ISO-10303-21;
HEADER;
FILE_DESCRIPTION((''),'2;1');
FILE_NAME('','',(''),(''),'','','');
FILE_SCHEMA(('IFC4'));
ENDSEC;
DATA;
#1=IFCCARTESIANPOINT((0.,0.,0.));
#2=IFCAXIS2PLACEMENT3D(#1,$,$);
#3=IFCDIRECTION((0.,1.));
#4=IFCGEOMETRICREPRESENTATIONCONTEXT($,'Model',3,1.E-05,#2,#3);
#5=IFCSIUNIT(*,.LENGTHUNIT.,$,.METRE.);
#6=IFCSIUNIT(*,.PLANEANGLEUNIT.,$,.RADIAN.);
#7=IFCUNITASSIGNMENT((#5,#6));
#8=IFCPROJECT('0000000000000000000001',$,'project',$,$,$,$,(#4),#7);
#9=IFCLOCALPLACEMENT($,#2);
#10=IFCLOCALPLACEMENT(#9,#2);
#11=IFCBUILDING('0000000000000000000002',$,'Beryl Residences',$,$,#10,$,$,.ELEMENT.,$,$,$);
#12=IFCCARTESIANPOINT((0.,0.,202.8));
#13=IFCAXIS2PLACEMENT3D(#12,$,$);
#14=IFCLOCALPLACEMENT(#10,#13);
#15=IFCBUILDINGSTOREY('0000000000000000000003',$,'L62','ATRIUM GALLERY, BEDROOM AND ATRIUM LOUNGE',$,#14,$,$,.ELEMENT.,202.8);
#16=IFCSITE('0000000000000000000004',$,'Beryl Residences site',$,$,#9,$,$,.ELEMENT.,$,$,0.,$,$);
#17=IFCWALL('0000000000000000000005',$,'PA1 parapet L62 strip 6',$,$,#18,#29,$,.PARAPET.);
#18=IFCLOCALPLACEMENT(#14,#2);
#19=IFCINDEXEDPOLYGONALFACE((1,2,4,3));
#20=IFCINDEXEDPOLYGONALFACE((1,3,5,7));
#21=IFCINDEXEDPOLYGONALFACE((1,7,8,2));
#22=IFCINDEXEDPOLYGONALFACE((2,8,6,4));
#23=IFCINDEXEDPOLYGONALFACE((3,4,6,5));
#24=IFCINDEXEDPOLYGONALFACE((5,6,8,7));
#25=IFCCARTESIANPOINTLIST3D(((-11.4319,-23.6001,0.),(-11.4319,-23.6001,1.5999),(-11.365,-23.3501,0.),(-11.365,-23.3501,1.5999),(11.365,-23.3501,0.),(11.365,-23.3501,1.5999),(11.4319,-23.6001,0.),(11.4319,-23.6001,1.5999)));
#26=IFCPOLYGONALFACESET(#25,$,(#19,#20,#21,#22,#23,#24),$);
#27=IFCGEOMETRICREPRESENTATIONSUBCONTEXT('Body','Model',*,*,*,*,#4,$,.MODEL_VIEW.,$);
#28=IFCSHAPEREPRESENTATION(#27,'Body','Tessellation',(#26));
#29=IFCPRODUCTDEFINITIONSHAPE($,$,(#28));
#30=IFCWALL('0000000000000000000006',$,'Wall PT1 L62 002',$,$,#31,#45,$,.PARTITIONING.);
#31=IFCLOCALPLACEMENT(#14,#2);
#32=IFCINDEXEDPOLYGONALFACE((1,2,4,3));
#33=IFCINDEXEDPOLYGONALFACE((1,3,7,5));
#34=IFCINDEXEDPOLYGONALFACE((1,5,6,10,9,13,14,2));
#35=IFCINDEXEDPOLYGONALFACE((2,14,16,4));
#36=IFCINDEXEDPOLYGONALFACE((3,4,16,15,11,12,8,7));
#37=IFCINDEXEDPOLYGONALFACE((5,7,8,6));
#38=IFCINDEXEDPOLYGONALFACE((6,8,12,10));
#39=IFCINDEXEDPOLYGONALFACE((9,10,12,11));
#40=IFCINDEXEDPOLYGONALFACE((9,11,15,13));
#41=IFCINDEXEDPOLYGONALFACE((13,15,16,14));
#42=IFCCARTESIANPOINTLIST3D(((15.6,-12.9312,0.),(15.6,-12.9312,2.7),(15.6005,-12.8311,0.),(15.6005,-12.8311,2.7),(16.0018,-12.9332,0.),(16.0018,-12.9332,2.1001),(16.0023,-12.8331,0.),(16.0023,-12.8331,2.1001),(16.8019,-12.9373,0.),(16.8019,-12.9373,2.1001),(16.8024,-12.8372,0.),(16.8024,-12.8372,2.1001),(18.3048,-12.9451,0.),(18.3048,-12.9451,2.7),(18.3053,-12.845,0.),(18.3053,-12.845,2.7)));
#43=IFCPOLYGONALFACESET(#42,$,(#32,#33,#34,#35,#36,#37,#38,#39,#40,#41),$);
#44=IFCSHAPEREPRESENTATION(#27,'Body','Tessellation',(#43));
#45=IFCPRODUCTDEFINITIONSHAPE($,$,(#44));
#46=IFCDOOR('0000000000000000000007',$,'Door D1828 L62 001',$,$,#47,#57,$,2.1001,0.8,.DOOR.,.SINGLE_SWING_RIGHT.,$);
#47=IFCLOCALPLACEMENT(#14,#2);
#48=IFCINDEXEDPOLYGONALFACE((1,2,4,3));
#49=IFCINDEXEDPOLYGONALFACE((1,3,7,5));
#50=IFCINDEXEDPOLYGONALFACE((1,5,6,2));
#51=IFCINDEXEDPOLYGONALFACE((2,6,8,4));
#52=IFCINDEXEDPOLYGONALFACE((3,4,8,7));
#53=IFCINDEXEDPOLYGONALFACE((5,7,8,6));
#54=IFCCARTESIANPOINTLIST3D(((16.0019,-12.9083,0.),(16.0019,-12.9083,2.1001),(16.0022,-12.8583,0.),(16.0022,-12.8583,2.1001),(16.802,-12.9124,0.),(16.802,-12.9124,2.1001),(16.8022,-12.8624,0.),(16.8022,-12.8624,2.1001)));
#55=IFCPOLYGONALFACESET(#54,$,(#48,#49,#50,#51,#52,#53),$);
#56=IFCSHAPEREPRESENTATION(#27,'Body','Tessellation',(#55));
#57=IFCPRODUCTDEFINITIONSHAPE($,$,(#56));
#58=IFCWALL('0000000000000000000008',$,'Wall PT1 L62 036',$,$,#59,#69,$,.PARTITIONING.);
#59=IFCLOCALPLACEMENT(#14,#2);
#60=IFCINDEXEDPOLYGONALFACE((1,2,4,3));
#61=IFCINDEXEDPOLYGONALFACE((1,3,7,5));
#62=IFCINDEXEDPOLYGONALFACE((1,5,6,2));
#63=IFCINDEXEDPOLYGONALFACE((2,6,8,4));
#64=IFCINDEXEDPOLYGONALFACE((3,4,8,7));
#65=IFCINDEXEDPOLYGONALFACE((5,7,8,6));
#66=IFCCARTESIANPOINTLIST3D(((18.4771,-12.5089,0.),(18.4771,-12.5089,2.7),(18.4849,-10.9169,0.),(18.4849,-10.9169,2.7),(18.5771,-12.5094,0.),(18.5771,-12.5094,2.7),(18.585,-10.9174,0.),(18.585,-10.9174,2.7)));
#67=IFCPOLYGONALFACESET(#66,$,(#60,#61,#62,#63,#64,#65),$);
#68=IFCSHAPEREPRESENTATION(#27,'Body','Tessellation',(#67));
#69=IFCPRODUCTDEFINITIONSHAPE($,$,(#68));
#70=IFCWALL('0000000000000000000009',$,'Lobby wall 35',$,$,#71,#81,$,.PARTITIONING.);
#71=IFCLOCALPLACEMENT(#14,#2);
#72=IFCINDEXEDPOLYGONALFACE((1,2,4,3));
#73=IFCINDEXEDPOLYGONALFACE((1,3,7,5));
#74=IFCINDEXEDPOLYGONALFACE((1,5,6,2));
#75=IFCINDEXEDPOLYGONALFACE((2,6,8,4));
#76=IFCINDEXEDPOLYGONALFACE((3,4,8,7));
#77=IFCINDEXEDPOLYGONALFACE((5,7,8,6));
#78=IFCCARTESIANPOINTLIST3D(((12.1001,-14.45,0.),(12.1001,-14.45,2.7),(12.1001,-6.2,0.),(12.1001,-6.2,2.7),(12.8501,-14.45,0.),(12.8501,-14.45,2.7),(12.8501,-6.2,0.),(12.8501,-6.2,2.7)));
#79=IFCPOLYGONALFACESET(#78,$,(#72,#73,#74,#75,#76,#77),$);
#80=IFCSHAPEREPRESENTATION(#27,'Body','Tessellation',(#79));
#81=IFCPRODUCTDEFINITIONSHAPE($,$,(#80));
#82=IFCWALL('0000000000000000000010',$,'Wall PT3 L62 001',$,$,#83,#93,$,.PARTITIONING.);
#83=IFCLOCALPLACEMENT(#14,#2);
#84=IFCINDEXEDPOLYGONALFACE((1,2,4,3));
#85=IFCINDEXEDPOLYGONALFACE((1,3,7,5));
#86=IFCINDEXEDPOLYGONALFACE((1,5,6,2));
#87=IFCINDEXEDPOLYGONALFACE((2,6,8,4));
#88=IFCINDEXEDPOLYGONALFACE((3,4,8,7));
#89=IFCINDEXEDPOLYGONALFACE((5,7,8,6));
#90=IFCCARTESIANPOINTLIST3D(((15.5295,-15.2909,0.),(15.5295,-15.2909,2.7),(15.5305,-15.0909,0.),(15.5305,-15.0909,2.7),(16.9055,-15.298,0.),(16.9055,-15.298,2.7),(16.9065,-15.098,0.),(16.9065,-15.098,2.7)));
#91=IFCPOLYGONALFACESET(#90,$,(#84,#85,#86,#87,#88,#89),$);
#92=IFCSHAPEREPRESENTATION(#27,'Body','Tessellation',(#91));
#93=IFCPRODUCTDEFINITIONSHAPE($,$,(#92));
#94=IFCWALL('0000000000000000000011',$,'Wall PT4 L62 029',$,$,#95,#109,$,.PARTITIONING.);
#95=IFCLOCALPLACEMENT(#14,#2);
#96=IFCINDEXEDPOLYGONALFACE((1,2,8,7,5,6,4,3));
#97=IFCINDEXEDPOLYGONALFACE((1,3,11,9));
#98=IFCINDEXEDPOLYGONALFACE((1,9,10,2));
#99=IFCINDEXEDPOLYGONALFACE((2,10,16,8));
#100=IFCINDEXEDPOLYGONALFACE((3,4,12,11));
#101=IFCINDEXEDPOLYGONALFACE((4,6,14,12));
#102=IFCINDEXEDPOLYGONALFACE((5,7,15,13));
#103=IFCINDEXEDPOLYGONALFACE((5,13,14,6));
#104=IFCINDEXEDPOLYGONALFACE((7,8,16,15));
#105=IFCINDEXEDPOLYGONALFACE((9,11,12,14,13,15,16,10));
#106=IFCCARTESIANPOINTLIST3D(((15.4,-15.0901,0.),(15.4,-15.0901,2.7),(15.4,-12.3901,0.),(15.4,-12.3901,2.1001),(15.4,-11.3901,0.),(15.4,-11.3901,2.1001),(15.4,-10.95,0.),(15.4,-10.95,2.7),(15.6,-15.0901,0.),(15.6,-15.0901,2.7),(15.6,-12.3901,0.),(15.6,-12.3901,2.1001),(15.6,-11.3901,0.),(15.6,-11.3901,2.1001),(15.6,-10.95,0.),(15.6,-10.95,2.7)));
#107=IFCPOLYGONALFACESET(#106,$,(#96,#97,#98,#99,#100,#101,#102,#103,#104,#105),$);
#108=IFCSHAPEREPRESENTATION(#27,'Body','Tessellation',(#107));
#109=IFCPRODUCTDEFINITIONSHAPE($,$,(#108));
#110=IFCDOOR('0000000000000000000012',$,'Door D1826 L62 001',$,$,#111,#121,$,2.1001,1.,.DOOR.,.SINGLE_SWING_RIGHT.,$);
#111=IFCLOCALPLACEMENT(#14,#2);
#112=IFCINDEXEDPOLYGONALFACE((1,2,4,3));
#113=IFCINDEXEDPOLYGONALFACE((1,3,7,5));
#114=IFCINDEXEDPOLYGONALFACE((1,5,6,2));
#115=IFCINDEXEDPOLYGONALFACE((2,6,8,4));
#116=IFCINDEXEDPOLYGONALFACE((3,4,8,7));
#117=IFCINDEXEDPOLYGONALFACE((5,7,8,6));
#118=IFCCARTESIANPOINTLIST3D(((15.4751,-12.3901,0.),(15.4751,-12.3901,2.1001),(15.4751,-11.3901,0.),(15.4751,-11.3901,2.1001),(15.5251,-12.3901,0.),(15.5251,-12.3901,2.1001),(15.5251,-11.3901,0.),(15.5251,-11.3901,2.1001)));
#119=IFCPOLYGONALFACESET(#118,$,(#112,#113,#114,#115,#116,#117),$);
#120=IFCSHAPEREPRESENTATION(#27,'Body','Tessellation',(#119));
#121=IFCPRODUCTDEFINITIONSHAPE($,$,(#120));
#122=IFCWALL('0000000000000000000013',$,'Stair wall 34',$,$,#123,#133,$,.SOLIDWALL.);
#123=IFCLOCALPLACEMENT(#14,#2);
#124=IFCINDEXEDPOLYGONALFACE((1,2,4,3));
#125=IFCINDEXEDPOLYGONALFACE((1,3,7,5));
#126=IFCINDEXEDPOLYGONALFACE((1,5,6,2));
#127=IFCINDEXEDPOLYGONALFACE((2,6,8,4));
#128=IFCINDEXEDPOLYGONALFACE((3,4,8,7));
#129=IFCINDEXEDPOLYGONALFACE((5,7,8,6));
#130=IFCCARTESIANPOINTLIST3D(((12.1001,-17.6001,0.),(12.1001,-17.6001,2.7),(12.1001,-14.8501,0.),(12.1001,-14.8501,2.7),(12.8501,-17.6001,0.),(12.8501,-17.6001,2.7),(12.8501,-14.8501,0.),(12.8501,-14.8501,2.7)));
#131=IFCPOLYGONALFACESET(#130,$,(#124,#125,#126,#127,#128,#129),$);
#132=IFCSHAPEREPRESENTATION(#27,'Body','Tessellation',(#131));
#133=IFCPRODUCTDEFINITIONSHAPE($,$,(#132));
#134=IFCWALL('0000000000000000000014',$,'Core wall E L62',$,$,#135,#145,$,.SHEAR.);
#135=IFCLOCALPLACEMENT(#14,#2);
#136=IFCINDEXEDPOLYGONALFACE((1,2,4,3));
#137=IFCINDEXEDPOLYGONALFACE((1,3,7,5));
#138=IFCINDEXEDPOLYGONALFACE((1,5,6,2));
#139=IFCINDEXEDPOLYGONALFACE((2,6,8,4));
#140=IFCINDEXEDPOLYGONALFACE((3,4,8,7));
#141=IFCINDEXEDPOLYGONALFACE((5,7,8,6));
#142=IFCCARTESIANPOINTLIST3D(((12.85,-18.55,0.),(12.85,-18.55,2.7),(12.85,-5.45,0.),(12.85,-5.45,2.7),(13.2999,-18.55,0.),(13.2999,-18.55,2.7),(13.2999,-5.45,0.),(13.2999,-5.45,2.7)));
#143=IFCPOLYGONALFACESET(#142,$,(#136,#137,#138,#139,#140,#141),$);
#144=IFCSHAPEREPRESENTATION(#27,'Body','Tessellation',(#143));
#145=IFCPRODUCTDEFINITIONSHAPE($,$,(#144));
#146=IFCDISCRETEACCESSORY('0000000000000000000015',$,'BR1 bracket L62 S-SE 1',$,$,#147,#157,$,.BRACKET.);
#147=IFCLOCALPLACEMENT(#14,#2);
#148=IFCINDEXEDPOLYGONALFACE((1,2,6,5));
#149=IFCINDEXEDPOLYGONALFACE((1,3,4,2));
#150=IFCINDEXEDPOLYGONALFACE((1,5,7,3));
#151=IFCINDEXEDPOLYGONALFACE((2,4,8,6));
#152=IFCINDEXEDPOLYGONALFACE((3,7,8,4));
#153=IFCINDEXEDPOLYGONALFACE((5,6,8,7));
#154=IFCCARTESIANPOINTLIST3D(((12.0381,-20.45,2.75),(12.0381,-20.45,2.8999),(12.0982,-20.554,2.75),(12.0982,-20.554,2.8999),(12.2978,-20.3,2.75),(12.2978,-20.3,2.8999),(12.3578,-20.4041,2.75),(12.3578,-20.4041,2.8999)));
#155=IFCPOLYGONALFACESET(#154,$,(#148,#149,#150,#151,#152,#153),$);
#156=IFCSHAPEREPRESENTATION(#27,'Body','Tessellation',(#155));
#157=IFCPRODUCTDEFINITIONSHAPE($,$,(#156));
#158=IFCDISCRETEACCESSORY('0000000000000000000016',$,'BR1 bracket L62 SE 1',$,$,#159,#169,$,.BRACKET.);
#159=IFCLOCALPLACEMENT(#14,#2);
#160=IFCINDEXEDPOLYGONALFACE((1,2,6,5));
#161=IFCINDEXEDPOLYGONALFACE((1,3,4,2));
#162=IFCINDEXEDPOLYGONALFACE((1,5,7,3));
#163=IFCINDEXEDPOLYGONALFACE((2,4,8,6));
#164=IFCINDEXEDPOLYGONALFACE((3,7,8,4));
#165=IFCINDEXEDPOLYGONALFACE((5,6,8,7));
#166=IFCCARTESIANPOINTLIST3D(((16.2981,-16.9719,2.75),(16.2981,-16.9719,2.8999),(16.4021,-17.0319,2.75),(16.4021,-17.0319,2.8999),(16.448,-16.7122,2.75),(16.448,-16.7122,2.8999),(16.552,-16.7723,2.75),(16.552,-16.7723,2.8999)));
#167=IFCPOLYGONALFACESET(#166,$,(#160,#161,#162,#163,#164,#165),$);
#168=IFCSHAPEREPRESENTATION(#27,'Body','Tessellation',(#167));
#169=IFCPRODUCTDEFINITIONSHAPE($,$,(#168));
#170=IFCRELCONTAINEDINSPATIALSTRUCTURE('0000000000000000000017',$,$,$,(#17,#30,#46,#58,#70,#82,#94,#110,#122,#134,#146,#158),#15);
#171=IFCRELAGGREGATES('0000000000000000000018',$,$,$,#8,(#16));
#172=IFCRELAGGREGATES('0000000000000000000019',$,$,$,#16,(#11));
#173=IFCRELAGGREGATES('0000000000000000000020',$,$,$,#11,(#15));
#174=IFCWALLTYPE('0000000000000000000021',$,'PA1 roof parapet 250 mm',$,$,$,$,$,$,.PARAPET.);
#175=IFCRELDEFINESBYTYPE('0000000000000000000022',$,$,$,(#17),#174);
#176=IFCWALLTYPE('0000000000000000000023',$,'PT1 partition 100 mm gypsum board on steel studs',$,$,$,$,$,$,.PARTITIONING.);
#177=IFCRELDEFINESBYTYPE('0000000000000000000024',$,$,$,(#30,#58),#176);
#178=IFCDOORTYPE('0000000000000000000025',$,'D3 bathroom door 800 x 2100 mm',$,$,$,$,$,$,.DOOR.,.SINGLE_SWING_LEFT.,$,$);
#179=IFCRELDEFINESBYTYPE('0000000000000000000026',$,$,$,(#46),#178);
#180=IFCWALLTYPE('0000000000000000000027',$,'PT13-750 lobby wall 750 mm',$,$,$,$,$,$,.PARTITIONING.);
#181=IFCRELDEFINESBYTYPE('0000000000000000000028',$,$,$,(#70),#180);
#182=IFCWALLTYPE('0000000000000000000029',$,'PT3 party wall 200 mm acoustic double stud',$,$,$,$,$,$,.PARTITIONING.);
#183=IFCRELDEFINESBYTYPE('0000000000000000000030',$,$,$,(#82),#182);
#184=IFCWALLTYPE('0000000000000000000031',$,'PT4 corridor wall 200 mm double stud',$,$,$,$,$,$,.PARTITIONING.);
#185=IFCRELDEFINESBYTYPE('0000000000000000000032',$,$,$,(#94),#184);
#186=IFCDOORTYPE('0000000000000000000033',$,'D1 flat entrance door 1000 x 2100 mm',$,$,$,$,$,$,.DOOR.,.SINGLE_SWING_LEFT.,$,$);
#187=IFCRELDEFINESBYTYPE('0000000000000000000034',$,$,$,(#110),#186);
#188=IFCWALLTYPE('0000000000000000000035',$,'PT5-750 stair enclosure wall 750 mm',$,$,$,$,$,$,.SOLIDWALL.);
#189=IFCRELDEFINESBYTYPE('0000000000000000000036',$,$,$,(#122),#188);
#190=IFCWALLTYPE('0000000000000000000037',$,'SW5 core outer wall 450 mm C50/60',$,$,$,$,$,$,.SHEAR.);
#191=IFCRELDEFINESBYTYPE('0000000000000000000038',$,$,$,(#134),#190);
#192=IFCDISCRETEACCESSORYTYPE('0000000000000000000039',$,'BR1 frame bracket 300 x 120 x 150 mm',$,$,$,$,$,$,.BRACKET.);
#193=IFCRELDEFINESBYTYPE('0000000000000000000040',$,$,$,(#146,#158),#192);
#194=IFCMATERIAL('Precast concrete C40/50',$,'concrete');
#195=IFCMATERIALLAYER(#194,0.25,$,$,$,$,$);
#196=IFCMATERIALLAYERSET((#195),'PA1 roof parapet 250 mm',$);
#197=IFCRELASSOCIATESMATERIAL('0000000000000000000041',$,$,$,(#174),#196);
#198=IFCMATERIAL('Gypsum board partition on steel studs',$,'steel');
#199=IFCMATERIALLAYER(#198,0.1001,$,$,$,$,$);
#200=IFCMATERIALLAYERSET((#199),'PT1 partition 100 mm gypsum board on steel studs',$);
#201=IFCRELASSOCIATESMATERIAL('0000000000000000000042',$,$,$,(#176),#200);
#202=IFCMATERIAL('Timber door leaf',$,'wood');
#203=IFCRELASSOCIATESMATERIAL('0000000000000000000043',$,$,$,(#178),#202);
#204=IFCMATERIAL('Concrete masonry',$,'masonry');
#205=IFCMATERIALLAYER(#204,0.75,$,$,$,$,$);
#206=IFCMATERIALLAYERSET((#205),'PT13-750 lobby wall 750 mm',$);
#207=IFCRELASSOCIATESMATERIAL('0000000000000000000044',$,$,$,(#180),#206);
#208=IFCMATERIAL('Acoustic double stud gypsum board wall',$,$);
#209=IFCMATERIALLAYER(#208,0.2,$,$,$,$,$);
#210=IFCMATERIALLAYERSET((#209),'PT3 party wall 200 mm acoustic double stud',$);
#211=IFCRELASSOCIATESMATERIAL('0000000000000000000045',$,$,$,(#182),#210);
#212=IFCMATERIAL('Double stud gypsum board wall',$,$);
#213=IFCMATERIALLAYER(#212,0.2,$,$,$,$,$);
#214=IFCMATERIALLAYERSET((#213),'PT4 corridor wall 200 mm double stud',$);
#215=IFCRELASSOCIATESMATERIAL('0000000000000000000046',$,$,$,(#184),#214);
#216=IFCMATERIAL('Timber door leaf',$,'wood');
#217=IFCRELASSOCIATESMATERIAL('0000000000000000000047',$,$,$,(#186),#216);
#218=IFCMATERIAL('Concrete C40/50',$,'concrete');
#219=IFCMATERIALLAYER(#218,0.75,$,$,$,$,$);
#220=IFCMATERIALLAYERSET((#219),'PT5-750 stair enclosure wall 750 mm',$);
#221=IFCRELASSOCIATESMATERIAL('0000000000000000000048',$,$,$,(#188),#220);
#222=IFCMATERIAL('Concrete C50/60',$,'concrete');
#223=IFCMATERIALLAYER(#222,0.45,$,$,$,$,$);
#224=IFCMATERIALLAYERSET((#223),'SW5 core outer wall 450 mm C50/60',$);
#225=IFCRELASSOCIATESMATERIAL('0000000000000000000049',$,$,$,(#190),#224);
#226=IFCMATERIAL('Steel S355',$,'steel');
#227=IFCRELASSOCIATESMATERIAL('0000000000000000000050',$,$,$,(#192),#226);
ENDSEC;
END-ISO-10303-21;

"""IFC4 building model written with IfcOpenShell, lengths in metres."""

from ifc_helpers import new_model, si_unit, direction, frame, frame_2d, origin, place, context, subcontext, project, spatial, polyline, rectangle, outline, extrude, source, transform, mapped, material, layer, layer_set, type_object, type_shapes, element, fill, save


model = new_model("IFC4")

# Units and contexts
model_context = context("Model", 3, precision=1e-05, world=origin(), true_north=direction((0.0, 1.0)))
body_context = subcontext(model_context, "Body", "Model", "MODEL_VIEW")
ifc_project = project(units=[si_unit("LENGTHUNIT", "METRE"), si_unit("PLANEANGLEUNIT", "RADIAN")], contexts=[model_context])

# Site, building, storey
site_placement = place(None, origin())
site = spatial("IfcSite", under=ifc_project, at=site_placement, Name="Beryl Residences site", CompositionType="ELEMENT", RefElevation=0.0)
building_placement = place(site_placement, origin())
building = spatial("IfcBuilding", under=site, at=building_placement, Name="Beryl Residences", CompositionType="ELEMENT")
storey_placement = place(building_placement, frame((0.0, 0.0, 202.8)))
storey = spatial("IfcBuildingStorey", under=building, at=storey_placement, Name="L62", Description="ATRIUM GALLERY, BEDROOM AND ATRIUM LOUNGE", CompositionType="ELEMENT", Elevation=202.8)

# Wall
ifc_material_1 = material(Name="Precast concrete C40/50", Category="concrete")
ifc_layer_1 = layer(ifc_material_1, 0.25)
ifc_layer_set_1 = layer_set([ifc_layer_1], Name="PA1 roof parapet 250 mm")
wall_type_1 = type_object("IfcWallType", Name="PA1 roof parapet 250 mm", PredefinedType="PARAPET", material=ifc_layer_set_1)
wall_1_placement = place(storey_placement, frame((11.4319, -23.4751, 0.0), z_axis=(0.0, 0.0, 1.0), x_axis=(-1.0, 0.0, 0.0)))
element("IfcWall", 1, at=wall_1_placement, inside=storey, type_object=wall_type_1, Name="PA1 parapet L62 strip 6", PredefinedType="PARAPET", context=body_context, shape_type="SweptSolid", body=[
    extrude(outline(polyline([(0.0669, -0.125), (22.7969, -0.125), (22.8638, 0.125), (0.0, 0.125), (0.0669, -0.125)])), origin(), (0.0, 0.0, 1.0), 1.5999),
])

# Wall, opening, door
ifc_material_2 = material(Name="Gypsum board partition on steel studs", Category="steel")
ifc_layer_2 = layer(ifc_material_2, 0.1001)
ifc_layer_set_2 = layer_set([ifc_layer_2], Name="PT1 partition 100 mm gypsum board on steel studs")
wall_type_2 = type_object("IfcWallType", Name="PT1 partition 100 mm gypsum board on steel studs", PredefinedType="PARTITIONING", material=ifc_layer_set_2)
wall_2_placement = place(storey_placement, frame((15.6001, -12.8811, 0.0), z_axis=(0.0, 0.0, 1.0), x_axis=(0.999987, -0.005145, 0.0)))
wall_2 = element("IfcWall", 2, at=wall_2_placement, inside=storey, type_object=wall_type_2, Name="Wall PT1 L62 002", PredefinedType="PARTITIONING", context=body_context, shape_type="SweptSolid", body=[
    extrude(rectangle(XDim=2.7048, YDim=0.1001, at=frame_2d((1.3525, 0.0))), origin(), (0.0, 0.0, 1.0), 2.7),
])
opening_1_placement = place(wall_2_placement, frame((0.4021, 0.0, 0.0)))
opening_1 = element("IfcOpeningElement", 3, at=opening_1_placement, cuts=wall_2, PredefinedType="OPENING", context=body_context, shape_type="SweptSolid", body=[
    extrude(rectangle(XDim=0.8, YDim=2.1001, at=frame_2d((0.3999, 1.05))), frame((0.0, 0.0601, 0.0), z_axis=(0.0, -1.0, 0.0), x_axis=(1.0, 0.0, 0.0)), (0.0, 0.0, 1.0), 0.1201),
])
ifc_material_3 = material(Name="Timber door leaf", Category="wood")
door_type_1 = type_object("IfcDoorType", Name="D3 bathroom door 800 x 2100 mm", OperationType="SINGLE_SWING_LEFT", PredefinedType="DOOR", material=ifc_material_3)
door_1_placement = place(opening_1_placement, origin())
door_1 = element("IfcDoor", 4, at=door_1_placement, inside=storey, type_object=door_type_1, Name="Door D1828 L62 001", OperationType="SINGLE_SWING_RIGHT", OverallHeight=2.1001, OverallWidth=0.8, PredefinedType="DOOR", context=body_context, shape_type="SweptSolid", body=[
    extrude(rectangle(XDim=0.8, YDim=2.1001, at=frame_2d((0.3999, 1.05))), frame((0.0, 0.0249, 0.0), z_axis=(0.0, -1.0, 0.0), x_axis=(1.0, 0.0, 0.0)), (0.0, 0.0, 1.0), 0.05),
])
fill(opening_1, door_1)

# Walls
wall_3_placement = place(storey_placement, frame((18.5271, -12.509, 0.0), z_axis=(0.0, 0.0, 1.0), x_axis=(0.004907, 0.999988, 0.0)))
element("IfcWall", 5, at=wall_3_placement, inside=storey, type_object=wall_type_2, Name="Wall PT1 L62 036", PredefinedType="PARTITIONING", context=body_context, shape_type="SweptSolid", body=[
    extrude(rectangle(XDim=1.592, YDim=0.1001, at=frame_2d((0.7959, 0.0))), origin(), (0.0, 0.0, 1.0), 2.7),
])
ifc_material_4 = material(Name="Concrete masonry", Category="masonry")
ifc_layer_3 = layer(ifc_material_4, 0.75)
ifc_layer_set_3 = layer_set([ifc_layer_3], Name="PT13-750 lobby wall 750 mm")
wall_type_3 = type_object("IfcWallType", Name="PT13-750 lobby wall 750 mm", PredefinedType="PARTITIONING", material=ifc_layer_set_3)
wall_4_placement = place(storey_placement, frame((12.4751, -14.45, 0.0), z_axis=(0.0, 0.0, 1.0), x_axis=(0.0, 1.0, 0.0)))
element("IfcWall", 6, at=wall_4_placement, inside=storey, type_object=wall_type_3, Name="Lobby wall 35", PredefinedType="PARTITIONING", context=body_context, shape_type="SweptSolid", body=[
    extrude(rectangle(XDim=8.25, YDim=0.75, at=frame_2d((4.125, 0.0))), origin(), (0.0, 0.0, 1.0), 2.7),
])
ifc_material_5 = material(Name="Acoustic double stud gypsum board wall")
ifc_layer_4 = layer(ifc_material_5, 0.2)
ifc_layer_set_4 = layer_set([ifc_layer_4], Name="PT3 party wall 200 mm acoustic double stud")
wall_type_4 = type_object("IfcWallType", Name="PT3 party wall 200 mm acoustic double stud", PredefinedType="PARTITIONING", material=ifc_layer_set_4)
wall_5_placement = place(storey_placement, frame((15.53, -15.1909, 0.0), z_axis=(0.0, 0.0, 1.0), x_axis=(0.999987, -0.005145, 0.0)))
element("IfcWall", 7, at=wall_5_placement, inside=storey, type_object=wall_type_4, Name="Wall PT3 L62 001", PredefinedType="PARTITIONING", context=body_context, shape_type="SweptSolid", body=[
    extrude(rectangle(XDim=1.376, YDim=0.2, at=frame_2d((0.688, 0.0))), origin(), (0.0, 0.0, 1.0), 2.7),
])

# Wall, opening, door
ifc_material_6 = material(Name="Double stud gypsum board wall")
ifc_layer_5 = layer(ifc_material_6, 0.2)
ifc_layer_set_5 = layer_set([ifc_layer_5], Name="PT4 corridor wall 200 mm double stud")
wall_type_5 = type_object("IfcWallType", Name="PT4 corridor wall 200 mm double stud", PredefinedType="PARTITIONING", material=ifc_layer_set_5)
wall_6_placement = place(storey_placement, frame((15.5, -15.0901, 0.0), z_axis=(0.0, 0.0, 1.0), x_axis=(0.0, 1.0, 0.0)))
wall_6 = element("IfcWall", 8, at=wall_6_placement, inside=storey, type_object=wall_type_5, Name="Wall PT4 L62 029", PredefinedType="PARTITIONING", context=body_context, shape_type="SweptSolid", body=[
    extrude(rectangle(XDim=4.1401, YDim=0.2, at=frame_2d((2.0701, 0.0))), origin(), (0.0, 0.0, 1.0), 2.7),
])
opening_2_placement = place(wall_6_placement, frame((2.7, 0.0, 0.0)))
opening_2 = element("IfcOpeningElement", 9, at=opening_2_placement, cuts=wall_6, PredefinedType="OPENING", context=body_context, shape_type="SweptSolid", body=[
    extrude(rectangle(XDim=1.0, YDim=2.1001, at=frame_2d((0.5, 1.05))), frame((0.0, 0.1099, 0.0), z_axis=(0.0, -1.0, 0.0), x_axis=(1.0, 0.0, 0.0)), (0.0, 0.0, 1.0), 0.22),
])
ifc_material_7 = material(Name="Timber door leaf", Category="wood")
door_type_2 = type_object("IfcDoorType", Name="D1 flat entrance door 1000 x 2100 mm", OperationType="SINGLE_SWING_LEFT", PredefinedType="DOOR", material=ifc_material_7)
door_2_placement = place(opening_2_placement, origin())
door_2 = element("IfcDoor", 10, at=door_2_placement, inside=storey, type_object=door_type_2, Name="Door D1826 L62 001", OperationType="SINGLE_SWING_RIGHT", OverallHeight=2.1001, OverallWidth=1.0, PredefinedType="DOOR", context=body_context, shape_type="SweptSolid", body=[
    extrude(rectangle(XDim=1.0, YDim=2.1001, at=frame_2d((0.5, 1.05))), frame((0.0, 0.0249, 0.0), z_axis=(0.0, -1.0, 0.0), x_axis=(1.0, 0.0, 0.0)), (0.0, 0.0, 1.0), 0.05),
])
fill(opening_2, door_2)

# Walls
ifc_material_8 = material(Name="Concrete C40/50", Category="concrete")
ifc_layer_6 = layer(ifc_material_8, 0.75)
ifc_layer_set_6 = layer_set([ifc_layer_6], Name="PT5-750 stair enclosure wall 750 mm")
wall_type_6 = type_object("IfcWallType", Name="PT5-750 stair enclosure wall 750 mm", PredefinedType="SOLIDWALL", material=ifc_layer_set_6)
wall_7_placement = place(storey_placement, frame((12.4751, -17.6001, 0.0), z_axis=(0.0, 0.0, 1.0), x_axis=(0.0, 1.0, 0.0)))
element("IfcWall", 11, at=wall_7_placement, inside=storey, type_object=wall_type_6, Name="Stair wall 34", PredefinedType="SOLIDWALL", context=body_context, shape_type="SweptSolid", body=[
    extrude(rectangle(XDim=2.75, YDim=0.75, at=frame_2d((1.375, 0.0))), origin(), (0.0, 0.0, 1.0), 2.7),
])
ifc_material_9 = material(Name="Concrete C50/60", Category="concrete")
ifc_layer_7 = layer(ifc_material_9, 0.45)
ifc_layer_set_7 = layer_set([ifc_layer_7], Name="SW5 core outer wall 450 mm C50/60")
wall_type_7 = type_object("IfcWallType", Name="SW5 core outer wall 450 mm C50/60", PredefinedType="SHEAR", material=ifc_layer_set_7)
wall_8_placement = place(storey_placement, frame((13.075, -18.55, 0.0), z_axis=(0.0, 0.0, 1.0), x_axis=(0.0, 1.0, 0.0)))
element("IfcWall", 12, at=wall_8_placement, inside=storey, type_object=wall_type_7, Name="Core wall E L62", PredefinedType="SHEAR", context=body_context, shape_type="SweptSolid", body=[
    extrude(rectangle(XDim=13.1001, YDim=0.45, at=frame_2d((6.55, 0.0))), origin(), (0.0, 0.0, 1.0), 2.7),
])

# Discrete accessories
ifc_material_10 = material(Name="Steel S355", Category="steel")
discrete_accessory_type = type_object("IfcDiscreteAccessoryType", Name="BR1 frame bracket 300 x 120 x 150 mm", PredefinedType="BRACKET", material=ifc_material_10)
shared_shape_1 = source(origin(), body_context, "Body", "SweptSolid", [
    extrude(outline(polyline([(-0.1499, 0.0), (0.1499, 0.0), (0.1499, 0.1201), (-0.1499, 0.1201), (-0.1499, 0.0)])), origin(), (0.0, 0.0, 1.0), 0.1499),
])
type_shapes(discrete_accessory_type, [shared_shape_1])
for number, where, z_axis, x_axis, name in (
    (13, (12.168, -20.375, 2.75), (0.0, 0.0, 1.0), (-0.866025, -0.5, 0.0), "BR1 bracket L62 S-SE 1"),
    (14, (16.373, -16.842, 2.75), (0.0, 0.0, 1.0), (-0.5, -0.866025, 0.0), "BR1 bracket L62 SE 1"),
):
    element("IfcDiscreteAccessory", number, at=place(storey_placement, frame(where, z_axis=z_axis, x_axis=x_axis)), inside=storey, type_object=discrete_accessory_type, Name=name, PredefinedType="BRACKET", context=body_context, shape_type="MappedRepresentation", body=[
        mapped(shared_shape_1, transform((0.0, 0.0, 0.0))),
    ])

save(model, "model.ifc")
